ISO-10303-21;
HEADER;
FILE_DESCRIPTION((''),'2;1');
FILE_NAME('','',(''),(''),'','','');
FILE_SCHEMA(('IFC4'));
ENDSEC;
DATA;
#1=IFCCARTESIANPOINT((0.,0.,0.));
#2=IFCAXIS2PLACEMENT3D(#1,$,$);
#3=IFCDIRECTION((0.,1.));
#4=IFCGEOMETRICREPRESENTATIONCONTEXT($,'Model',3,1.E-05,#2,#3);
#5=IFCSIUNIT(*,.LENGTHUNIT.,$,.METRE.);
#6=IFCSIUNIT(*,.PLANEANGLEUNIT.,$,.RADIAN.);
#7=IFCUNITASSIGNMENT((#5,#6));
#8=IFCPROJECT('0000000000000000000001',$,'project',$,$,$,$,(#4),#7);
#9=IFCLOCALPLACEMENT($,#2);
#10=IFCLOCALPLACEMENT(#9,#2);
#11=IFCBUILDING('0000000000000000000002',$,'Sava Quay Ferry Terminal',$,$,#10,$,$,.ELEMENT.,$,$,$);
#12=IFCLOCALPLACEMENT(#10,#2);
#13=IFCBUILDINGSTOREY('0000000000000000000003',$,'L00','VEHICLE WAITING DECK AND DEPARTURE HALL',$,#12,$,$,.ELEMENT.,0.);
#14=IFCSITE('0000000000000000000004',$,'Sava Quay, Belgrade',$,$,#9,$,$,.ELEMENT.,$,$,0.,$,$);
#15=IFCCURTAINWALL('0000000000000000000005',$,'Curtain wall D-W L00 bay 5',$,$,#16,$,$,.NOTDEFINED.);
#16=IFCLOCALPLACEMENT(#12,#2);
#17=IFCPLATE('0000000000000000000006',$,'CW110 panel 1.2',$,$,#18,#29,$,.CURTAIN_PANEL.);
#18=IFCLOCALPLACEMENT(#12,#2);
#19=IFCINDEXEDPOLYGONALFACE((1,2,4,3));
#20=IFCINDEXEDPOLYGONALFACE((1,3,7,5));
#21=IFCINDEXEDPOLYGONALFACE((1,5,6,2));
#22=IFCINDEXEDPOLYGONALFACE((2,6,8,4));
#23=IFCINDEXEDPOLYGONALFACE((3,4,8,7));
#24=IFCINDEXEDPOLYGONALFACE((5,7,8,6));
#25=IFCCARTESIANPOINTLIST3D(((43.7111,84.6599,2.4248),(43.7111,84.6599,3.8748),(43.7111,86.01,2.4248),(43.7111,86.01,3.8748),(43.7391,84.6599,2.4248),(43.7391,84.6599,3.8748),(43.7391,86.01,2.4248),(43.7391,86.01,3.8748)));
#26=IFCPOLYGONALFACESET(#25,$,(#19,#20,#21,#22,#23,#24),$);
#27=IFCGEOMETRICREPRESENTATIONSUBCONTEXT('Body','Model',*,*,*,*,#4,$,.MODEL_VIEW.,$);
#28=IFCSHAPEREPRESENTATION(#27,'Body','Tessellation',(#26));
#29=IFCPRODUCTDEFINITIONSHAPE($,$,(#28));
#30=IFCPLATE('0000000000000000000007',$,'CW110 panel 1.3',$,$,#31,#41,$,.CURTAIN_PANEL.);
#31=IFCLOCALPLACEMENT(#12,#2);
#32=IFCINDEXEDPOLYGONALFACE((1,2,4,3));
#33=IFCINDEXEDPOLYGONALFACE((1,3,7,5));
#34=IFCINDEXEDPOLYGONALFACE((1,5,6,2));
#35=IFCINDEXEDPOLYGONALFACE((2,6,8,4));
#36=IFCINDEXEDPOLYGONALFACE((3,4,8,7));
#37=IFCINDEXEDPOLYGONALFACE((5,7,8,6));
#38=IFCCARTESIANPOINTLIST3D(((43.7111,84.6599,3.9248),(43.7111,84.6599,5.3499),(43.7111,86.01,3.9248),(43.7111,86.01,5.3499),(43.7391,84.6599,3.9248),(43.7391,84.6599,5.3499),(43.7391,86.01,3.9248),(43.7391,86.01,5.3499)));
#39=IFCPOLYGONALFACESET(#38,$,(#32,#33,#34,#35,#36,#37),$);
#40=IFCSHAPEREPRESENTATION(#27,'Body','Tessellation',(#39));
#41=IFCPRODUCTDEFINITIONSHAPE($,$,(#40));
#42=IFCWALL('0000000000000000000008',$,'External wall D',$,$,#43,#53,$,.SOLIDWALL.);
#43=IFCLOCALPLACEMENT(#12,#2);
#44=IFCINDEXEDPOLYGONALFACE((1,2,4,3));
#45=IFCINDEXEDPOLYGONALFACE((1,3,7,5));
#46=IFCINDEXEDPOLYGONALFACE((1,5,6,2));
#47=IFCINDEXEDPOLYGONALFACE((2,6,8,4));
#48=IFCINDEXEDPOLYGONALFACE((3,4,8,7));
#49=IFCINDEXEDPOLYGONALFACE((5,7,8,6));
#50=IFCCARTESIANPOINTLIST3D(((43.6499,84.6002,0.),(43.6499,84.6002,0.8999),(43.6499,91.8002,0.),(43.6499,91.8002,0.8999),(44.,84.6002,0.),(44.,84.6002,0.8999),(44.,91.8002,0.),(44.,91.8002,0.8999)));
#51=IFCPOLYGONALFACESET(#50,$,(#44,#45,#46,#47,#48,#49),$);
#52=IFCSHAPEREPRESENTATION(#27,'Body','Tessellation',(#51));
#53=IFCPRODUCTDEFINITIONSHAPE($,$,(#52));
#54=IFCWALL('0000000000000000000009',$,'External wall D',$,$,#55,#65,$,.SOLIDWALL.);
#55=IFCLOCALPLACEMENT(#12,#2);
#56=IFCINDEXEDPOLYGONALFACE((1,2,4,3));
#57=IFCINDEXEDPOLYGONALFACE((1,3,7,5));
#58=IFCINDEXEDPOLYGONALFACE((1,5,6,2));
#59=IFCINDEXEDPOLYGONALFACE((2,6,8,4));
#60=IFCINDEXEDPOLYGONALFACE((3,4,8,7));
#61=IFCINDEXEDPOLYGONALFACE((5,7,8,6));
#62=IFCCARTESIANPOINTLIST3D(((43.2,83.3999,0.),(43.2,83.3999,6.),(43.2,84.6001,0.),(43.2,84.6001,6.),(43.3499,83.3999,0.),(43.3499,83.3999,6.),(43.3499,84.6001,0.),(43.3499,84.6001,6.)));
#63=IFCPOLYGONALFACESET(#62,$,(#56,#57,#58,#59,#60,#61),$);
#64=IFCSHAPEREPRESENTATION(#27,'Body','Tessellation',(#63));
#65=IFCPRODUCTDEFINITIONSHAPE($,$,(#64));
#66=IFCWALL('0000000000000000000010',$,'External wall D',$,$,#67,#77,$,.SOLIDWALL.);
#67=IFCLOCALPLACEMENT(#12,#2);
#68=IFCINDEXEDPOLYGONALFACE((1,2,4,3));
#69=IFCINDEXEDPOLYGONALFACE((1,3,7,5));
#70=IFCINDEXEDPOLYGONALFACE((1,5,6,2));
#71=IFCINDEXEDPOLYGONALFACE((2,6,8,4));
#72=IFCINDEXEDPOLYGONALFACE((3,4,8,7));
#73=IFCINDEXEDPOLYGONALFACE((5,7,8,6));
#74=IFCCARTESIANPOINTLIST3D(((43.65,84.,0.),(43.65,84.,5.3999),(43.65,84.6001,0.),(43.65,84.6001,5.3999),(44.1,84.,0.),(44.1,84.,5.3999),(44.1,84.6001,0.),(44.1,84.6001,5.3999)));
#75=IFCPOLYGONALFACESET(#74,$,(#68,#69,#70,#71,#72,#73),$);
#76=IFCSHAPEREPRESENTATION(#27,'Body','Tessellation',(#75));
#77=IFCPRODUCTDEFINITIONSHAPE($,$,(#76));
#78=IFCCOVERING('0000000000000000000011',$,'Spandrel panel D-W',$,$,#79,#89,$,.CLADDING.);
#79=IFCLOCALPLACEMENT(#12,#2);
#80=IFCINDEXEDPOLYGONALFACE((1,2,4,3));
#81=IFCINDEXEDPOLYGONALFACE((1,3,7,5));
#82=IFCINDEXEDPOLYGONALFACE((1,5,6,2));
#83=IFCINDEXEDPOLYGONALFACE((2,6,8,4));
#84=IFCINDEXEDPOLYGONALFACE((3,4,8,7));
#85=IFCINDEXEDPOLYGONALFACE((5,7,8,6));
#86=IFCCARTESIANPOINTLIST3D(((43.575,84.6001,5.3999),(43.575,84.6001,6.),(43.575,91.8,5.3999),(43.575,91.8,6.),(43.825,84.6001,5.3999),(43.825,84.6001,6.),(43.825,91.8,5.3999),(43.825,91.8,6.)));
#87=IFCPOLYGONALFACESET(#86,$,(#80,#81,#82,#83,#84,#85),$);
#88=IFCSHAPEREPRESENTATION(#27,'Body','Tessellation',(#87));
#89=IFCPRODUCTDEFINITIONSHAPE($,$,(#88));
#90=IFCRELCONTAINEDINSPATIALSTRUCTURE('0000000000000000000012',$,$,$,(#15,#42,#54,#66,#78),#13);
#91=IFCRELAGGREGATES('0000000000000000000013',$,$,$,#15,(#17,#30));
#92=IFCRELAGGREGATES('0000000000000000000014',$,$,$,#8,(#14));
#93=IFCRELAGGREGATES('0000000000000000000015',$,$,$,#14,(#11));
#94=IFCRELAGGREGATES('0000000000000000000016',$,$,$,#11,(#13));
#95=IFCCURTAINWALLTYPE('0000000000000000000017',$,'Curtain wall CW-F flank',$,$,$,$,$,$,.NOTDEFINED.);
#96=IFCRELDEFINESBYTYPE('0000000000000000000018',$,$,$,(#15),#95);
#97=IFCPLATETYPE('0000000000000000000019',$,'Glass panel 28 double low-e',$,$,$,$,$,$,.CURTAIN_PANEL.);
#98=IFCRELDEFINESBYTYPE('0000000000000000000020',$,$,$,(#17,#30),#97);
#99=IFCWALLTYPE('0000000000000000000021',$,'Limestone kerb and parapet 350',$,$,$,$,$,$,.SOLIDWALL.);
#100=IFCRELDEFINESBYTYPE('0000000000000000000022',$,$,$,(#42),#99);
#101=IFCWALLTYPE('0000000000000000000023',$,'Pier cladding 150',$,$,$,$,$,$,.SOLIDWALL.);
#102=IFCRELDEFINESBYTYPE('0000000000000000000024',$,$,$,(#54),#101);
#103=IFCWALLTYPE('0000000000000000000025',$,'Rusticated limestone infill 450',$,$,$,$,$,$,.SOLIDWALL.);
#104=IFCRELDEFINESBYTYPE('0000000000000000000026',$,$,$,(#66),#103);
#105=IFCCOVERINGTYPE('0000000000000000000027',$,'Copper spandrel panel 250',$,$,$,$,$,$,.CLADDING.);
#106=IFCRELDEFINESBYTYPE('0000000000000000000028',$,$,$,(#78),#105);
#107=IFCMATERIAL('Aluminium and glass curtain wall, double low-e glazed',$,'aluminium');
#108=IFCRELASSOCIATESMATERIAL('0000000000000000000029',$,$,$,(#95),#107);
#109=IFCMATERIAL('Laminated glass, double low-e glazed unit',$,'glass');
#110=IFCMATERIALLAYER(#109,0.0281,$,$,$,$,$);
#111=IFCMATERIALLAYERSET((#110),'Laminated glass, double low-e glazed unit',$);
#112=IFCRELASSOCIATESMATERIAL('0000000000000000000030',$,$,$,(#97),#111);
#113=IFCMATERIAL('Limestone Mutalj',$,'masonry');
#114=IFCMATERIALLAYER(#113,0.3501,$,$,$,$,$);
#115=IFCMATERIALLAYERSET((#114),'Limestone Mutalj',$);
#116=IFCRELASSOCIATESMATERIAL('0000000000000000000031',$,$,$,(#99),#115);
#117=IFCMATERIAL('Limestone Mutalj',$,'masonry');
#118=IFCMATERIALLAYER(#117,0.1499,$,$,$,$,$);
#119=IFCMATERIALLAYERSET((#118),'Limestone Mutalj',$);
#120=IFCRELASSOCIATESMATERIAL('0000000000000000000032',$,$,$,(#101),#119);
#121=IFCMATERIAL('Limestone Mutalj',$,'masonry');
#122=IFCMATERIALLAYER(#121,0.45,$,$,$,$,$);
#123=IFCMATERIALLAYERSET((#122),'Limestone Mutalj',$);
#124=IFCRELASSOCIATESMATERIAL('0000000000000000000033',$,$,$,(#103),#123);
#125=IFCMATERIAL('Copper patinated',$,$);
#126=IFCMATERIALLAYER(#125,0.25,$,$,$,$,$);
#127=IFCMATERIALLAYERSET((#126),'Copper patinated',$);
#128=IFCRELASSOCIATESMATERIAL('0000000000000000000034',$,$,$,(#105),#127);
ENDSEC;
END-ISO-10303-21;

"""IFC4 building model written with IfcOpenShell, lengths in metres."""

from ifc_helpers import new_model, si_unit, direction, frame, frame_2d, origin, origin_2d, place, context, subcontext, project, spatial, polyline, rectangle, outline, extrude, material, layer, layer_set, type_object, element, aggregate, save


model = new_model("IFC4")

# Units and contexts
model_context = context("Model", 3, precision=1e-05, world=origin(), true_north=direction((0.0, 1.0)))
body_context = subcontext(model_context, "Body", "Model", "MODEL_VIEW")
ifc_project = project(units=[si_unit("LENGTHUNIT", "METRE"), si_unit("PLANEANGLEUNIT", "RADIAN")], contexts=[model_context])

# Site, building, storey
site_placement = place(None, origin())
site = spatial("IfcSite", under=ifc_project, at=site_placement, Name="Sava Quay, Belgrade", CompositionType="ELEMENT", RefElevation=0.0)
building_placement = place(site_placement, origin())
building = spatial("IfcBuilding", under=site, at=building_placement, Name="Sava Quay Ferry Terminal", CompositionType="ELEMENT")
storey_placement = place(building_placement, origin())
storey = spatial("IfcBuildingStorey", under=building, at=storey_placement, Name="L00", Description="VEHICLE WAITING DECK AND DEPARTURE HALL", CompositionType="ELEMENT", Elevation=0.0)

# Curtain wall
ifc_material_1 = material(Name="Aluminium and glass curtain wall, double low-e glazed", Category="aluminium")
curtain_wall_type = type_object("IfcCurtainWallType", Name="Curtain wall CW-F flank", PredefinedType="NOTDEFINED", material=ifc_material_1)
curtain_wall_placement = place(storey_placement, origin())
curtain_wall = element("IfcCurtainWall", 1, at=curtain_wall_placement, inside=storey, type_object=curtain_wall_type, Name="Curtain wall D-W L00 bay 5", PredefinedType="NOTDEFINED")

# Plates
ifc_material_2 = material(Name="Laminated glass, double low-e glazed unit", Category="glass")
ifc_layer_1 = layer(ifc_material_2, 0.0281)
ifc_layer_set_1 = layer_set([ifc_layer_1], Name="Laminated glass, double low-e glazed unit")
plate_type = type_object("IfcPlateType", Name="Glass panel 28 double low-e", PredefinedType="CURTAIN_PANEL", material=ifc_layer_set_1)
plate_1_placement = place(storey_placement, frame((43.7251, 85.335, 2.4248), z_axis=(0.0, 0.0, 1.0), x_axis=(0.0, 1.0, 0.0)))
plate_1 = element("IfcPlate", 2, at=plate_1_placement, type_object=plate_type, Name="CW110 panel 1.2", PredefinedType="CURTAIN_PANEL", context=body_context, shape_type="SweptSolid", body=[
    extrude(rectangle(XDim=1.3501, YDim=0.0281, at=origin_2d()), origin(), (0.0, 0.0, 1.0), 1.45),
])
plate_2_placement = place(storey_placement, frame((43.7251, 85.335, 3.9248), z_axis=(0.0, 0.0, 1.0), x_axis=(0.0, 1.0, 0.0)))
plate_2 = element("IfcPlate", 3, at=plate_2_placement, type_object=plate_type, Name="CW110 panel 1.3", PredefinedType="CURTAIN_PANEL", context=body_context, shape_type="SweptSolid", body=[
    extrude(rectangle(XDim=1.3501, YDim=0.0281, at=origin_2d()), origin(), (0.0, 0.0, 1.0), 1.425),
])
aggregate(curtain_wall, [plate_1, plate_2])

# Walls
ifc_material_3 = material(Name="Limestone Mutalj", Category="masonry")
ifc_layer_2 = layer(ifc_material_3, 0.3501)
ifc_layer_set_2 = layer_set([ifc_layer_2], Name="Limestone Mutalj")
wall_type_1 = type_object("IfcWallType", Name="Limestone kerb and parapet 350", PredefinedType="SOLIDWALL", material=ifc_layer_set_2)
wall_1_placement = place(storey_placement, frame((43.825, 84.6001, 0.0), z_axis=(0.0, 0.0, 1.0), x_axis=(0.0, 1.0, 0.0)))
element("IfcWall", 4, at=wall_1_placement, inside=storey, type_object=wall_type_1, Name="External wall D", PredefinedType="SOLIDWALL", context=body_context, shape_type="SweptSolid", body=[
    extrude(rectangle(XDim=7.2, YDim=0.3501, at=frame_2d((3.6001, 0.0))), origin(), (0.0, 0.0, 1.0), 0.8999),
])
ifc_material_4 = material(Name="Limestone Mutalj", Category="masonry")
ifc_layer_3 = layer(ifc_material_4, 0.1499)
ifc_layer_set_3 = layer_set([ifc_layer_3], Name="Limestone Mutalj")
wall_type_2 = type_object("IfcWallType", Name="Pier cladding 150", PredefinedType="SOLIDWALL", material=ifc_layer_set_3)
wall_2_placement = place(storey_placement, frame((43.2749, 83.3999, 0.0), z_axis=(0.0, 0.0, 1.0), x_axis=(0.0, 1.0, 0.0)))
element("IfcWall", 5, at=wall_2_placement, inside=storey, type_object=wall_type_2, Name="External wall D", PredefinedType="SOLIDWALL", context=body_context, shape_type="SweptSolid", body=[
    extrude(rectangle(XDim=1.2002, YDim=0.1499, at=frame_2d((0.6001, 0.0))), origin(), (0.0, 0.0, 1.0), 6.0),
])
ifc_material_5 = material(Name="Limestone Mutalj", Category="masonry")
ifc_layer_4 = layer(ifc_material_5, 0.45)
ifc_layer_set_4 = layer_set([ifc_layer_4], Name="Limestone Mutalj")
wall_type_3 = type_object("IfcWallType", Name="Rusticated limestone infill 450", PredefinedType="SOLIDWALL", material=ifc_layer_set_4)
wall_3_placement = place(storey_placement, frame((43.875, 84.0, 0.0), z_axis=(0.0, 0.0, 1.0), x_axis=(0.0, 1.0, 0.0)))
element("IfcWall", 6, at=wall_3_placement, inside=storey, type_object=wall_type_3, Name="External wall D", PredefinedType="SOLIDWALL", context=body_context, shape_type="SweptSolid", body=[
    extrude(rectangle(XDim=0.6001, YDim=0.45, at=frame_2d((0.3, 0.0))), origin(), (0.0, 0.0, 1.0), 5.3999),
])

# Covering
ifc_material_6 = material(Name="Copper patinated")
ifc_layer_5 = layer(ifc_material_6, 0.25)
ifc_layer_set_5 = layer_set([ifc_layer_5], Name="Copper patinated")
covering_type = type_object("IfcCoveringType", Name="Copper spandrel panel 250", PredefinedType="CLADDING", material=ifc_layer_set_5)
covering_placement = place(storey_placement, frame((43.7, 84.6001, 5.3999), z_axis=(0.0, 0.0, 1.0), x_axis=(0.0, 1.0, 0.0)))
element("IfcCovering", 7, at=covering_placement, inside=storey, type_object=covering_type, Name="Spandrel panel D-W", PredefinedType="CLADDING", context=body_context, shape_type="SweptSolid", body=[
    extrude(outline(polyline([(0.0, 0.0), (7.2, 0.0), (7.2, 0.6001), (0.0, 0.6001), (0.0, 0.0)])), frame((0.0, 0.125, 0.0), z_axis=(0.0, -1.0, 0.0), x_axis=(1.0, 0.0, 0.0)), (0.0, 0.0, 1.0), 0.25),
])

save(model, "model.ifc")
